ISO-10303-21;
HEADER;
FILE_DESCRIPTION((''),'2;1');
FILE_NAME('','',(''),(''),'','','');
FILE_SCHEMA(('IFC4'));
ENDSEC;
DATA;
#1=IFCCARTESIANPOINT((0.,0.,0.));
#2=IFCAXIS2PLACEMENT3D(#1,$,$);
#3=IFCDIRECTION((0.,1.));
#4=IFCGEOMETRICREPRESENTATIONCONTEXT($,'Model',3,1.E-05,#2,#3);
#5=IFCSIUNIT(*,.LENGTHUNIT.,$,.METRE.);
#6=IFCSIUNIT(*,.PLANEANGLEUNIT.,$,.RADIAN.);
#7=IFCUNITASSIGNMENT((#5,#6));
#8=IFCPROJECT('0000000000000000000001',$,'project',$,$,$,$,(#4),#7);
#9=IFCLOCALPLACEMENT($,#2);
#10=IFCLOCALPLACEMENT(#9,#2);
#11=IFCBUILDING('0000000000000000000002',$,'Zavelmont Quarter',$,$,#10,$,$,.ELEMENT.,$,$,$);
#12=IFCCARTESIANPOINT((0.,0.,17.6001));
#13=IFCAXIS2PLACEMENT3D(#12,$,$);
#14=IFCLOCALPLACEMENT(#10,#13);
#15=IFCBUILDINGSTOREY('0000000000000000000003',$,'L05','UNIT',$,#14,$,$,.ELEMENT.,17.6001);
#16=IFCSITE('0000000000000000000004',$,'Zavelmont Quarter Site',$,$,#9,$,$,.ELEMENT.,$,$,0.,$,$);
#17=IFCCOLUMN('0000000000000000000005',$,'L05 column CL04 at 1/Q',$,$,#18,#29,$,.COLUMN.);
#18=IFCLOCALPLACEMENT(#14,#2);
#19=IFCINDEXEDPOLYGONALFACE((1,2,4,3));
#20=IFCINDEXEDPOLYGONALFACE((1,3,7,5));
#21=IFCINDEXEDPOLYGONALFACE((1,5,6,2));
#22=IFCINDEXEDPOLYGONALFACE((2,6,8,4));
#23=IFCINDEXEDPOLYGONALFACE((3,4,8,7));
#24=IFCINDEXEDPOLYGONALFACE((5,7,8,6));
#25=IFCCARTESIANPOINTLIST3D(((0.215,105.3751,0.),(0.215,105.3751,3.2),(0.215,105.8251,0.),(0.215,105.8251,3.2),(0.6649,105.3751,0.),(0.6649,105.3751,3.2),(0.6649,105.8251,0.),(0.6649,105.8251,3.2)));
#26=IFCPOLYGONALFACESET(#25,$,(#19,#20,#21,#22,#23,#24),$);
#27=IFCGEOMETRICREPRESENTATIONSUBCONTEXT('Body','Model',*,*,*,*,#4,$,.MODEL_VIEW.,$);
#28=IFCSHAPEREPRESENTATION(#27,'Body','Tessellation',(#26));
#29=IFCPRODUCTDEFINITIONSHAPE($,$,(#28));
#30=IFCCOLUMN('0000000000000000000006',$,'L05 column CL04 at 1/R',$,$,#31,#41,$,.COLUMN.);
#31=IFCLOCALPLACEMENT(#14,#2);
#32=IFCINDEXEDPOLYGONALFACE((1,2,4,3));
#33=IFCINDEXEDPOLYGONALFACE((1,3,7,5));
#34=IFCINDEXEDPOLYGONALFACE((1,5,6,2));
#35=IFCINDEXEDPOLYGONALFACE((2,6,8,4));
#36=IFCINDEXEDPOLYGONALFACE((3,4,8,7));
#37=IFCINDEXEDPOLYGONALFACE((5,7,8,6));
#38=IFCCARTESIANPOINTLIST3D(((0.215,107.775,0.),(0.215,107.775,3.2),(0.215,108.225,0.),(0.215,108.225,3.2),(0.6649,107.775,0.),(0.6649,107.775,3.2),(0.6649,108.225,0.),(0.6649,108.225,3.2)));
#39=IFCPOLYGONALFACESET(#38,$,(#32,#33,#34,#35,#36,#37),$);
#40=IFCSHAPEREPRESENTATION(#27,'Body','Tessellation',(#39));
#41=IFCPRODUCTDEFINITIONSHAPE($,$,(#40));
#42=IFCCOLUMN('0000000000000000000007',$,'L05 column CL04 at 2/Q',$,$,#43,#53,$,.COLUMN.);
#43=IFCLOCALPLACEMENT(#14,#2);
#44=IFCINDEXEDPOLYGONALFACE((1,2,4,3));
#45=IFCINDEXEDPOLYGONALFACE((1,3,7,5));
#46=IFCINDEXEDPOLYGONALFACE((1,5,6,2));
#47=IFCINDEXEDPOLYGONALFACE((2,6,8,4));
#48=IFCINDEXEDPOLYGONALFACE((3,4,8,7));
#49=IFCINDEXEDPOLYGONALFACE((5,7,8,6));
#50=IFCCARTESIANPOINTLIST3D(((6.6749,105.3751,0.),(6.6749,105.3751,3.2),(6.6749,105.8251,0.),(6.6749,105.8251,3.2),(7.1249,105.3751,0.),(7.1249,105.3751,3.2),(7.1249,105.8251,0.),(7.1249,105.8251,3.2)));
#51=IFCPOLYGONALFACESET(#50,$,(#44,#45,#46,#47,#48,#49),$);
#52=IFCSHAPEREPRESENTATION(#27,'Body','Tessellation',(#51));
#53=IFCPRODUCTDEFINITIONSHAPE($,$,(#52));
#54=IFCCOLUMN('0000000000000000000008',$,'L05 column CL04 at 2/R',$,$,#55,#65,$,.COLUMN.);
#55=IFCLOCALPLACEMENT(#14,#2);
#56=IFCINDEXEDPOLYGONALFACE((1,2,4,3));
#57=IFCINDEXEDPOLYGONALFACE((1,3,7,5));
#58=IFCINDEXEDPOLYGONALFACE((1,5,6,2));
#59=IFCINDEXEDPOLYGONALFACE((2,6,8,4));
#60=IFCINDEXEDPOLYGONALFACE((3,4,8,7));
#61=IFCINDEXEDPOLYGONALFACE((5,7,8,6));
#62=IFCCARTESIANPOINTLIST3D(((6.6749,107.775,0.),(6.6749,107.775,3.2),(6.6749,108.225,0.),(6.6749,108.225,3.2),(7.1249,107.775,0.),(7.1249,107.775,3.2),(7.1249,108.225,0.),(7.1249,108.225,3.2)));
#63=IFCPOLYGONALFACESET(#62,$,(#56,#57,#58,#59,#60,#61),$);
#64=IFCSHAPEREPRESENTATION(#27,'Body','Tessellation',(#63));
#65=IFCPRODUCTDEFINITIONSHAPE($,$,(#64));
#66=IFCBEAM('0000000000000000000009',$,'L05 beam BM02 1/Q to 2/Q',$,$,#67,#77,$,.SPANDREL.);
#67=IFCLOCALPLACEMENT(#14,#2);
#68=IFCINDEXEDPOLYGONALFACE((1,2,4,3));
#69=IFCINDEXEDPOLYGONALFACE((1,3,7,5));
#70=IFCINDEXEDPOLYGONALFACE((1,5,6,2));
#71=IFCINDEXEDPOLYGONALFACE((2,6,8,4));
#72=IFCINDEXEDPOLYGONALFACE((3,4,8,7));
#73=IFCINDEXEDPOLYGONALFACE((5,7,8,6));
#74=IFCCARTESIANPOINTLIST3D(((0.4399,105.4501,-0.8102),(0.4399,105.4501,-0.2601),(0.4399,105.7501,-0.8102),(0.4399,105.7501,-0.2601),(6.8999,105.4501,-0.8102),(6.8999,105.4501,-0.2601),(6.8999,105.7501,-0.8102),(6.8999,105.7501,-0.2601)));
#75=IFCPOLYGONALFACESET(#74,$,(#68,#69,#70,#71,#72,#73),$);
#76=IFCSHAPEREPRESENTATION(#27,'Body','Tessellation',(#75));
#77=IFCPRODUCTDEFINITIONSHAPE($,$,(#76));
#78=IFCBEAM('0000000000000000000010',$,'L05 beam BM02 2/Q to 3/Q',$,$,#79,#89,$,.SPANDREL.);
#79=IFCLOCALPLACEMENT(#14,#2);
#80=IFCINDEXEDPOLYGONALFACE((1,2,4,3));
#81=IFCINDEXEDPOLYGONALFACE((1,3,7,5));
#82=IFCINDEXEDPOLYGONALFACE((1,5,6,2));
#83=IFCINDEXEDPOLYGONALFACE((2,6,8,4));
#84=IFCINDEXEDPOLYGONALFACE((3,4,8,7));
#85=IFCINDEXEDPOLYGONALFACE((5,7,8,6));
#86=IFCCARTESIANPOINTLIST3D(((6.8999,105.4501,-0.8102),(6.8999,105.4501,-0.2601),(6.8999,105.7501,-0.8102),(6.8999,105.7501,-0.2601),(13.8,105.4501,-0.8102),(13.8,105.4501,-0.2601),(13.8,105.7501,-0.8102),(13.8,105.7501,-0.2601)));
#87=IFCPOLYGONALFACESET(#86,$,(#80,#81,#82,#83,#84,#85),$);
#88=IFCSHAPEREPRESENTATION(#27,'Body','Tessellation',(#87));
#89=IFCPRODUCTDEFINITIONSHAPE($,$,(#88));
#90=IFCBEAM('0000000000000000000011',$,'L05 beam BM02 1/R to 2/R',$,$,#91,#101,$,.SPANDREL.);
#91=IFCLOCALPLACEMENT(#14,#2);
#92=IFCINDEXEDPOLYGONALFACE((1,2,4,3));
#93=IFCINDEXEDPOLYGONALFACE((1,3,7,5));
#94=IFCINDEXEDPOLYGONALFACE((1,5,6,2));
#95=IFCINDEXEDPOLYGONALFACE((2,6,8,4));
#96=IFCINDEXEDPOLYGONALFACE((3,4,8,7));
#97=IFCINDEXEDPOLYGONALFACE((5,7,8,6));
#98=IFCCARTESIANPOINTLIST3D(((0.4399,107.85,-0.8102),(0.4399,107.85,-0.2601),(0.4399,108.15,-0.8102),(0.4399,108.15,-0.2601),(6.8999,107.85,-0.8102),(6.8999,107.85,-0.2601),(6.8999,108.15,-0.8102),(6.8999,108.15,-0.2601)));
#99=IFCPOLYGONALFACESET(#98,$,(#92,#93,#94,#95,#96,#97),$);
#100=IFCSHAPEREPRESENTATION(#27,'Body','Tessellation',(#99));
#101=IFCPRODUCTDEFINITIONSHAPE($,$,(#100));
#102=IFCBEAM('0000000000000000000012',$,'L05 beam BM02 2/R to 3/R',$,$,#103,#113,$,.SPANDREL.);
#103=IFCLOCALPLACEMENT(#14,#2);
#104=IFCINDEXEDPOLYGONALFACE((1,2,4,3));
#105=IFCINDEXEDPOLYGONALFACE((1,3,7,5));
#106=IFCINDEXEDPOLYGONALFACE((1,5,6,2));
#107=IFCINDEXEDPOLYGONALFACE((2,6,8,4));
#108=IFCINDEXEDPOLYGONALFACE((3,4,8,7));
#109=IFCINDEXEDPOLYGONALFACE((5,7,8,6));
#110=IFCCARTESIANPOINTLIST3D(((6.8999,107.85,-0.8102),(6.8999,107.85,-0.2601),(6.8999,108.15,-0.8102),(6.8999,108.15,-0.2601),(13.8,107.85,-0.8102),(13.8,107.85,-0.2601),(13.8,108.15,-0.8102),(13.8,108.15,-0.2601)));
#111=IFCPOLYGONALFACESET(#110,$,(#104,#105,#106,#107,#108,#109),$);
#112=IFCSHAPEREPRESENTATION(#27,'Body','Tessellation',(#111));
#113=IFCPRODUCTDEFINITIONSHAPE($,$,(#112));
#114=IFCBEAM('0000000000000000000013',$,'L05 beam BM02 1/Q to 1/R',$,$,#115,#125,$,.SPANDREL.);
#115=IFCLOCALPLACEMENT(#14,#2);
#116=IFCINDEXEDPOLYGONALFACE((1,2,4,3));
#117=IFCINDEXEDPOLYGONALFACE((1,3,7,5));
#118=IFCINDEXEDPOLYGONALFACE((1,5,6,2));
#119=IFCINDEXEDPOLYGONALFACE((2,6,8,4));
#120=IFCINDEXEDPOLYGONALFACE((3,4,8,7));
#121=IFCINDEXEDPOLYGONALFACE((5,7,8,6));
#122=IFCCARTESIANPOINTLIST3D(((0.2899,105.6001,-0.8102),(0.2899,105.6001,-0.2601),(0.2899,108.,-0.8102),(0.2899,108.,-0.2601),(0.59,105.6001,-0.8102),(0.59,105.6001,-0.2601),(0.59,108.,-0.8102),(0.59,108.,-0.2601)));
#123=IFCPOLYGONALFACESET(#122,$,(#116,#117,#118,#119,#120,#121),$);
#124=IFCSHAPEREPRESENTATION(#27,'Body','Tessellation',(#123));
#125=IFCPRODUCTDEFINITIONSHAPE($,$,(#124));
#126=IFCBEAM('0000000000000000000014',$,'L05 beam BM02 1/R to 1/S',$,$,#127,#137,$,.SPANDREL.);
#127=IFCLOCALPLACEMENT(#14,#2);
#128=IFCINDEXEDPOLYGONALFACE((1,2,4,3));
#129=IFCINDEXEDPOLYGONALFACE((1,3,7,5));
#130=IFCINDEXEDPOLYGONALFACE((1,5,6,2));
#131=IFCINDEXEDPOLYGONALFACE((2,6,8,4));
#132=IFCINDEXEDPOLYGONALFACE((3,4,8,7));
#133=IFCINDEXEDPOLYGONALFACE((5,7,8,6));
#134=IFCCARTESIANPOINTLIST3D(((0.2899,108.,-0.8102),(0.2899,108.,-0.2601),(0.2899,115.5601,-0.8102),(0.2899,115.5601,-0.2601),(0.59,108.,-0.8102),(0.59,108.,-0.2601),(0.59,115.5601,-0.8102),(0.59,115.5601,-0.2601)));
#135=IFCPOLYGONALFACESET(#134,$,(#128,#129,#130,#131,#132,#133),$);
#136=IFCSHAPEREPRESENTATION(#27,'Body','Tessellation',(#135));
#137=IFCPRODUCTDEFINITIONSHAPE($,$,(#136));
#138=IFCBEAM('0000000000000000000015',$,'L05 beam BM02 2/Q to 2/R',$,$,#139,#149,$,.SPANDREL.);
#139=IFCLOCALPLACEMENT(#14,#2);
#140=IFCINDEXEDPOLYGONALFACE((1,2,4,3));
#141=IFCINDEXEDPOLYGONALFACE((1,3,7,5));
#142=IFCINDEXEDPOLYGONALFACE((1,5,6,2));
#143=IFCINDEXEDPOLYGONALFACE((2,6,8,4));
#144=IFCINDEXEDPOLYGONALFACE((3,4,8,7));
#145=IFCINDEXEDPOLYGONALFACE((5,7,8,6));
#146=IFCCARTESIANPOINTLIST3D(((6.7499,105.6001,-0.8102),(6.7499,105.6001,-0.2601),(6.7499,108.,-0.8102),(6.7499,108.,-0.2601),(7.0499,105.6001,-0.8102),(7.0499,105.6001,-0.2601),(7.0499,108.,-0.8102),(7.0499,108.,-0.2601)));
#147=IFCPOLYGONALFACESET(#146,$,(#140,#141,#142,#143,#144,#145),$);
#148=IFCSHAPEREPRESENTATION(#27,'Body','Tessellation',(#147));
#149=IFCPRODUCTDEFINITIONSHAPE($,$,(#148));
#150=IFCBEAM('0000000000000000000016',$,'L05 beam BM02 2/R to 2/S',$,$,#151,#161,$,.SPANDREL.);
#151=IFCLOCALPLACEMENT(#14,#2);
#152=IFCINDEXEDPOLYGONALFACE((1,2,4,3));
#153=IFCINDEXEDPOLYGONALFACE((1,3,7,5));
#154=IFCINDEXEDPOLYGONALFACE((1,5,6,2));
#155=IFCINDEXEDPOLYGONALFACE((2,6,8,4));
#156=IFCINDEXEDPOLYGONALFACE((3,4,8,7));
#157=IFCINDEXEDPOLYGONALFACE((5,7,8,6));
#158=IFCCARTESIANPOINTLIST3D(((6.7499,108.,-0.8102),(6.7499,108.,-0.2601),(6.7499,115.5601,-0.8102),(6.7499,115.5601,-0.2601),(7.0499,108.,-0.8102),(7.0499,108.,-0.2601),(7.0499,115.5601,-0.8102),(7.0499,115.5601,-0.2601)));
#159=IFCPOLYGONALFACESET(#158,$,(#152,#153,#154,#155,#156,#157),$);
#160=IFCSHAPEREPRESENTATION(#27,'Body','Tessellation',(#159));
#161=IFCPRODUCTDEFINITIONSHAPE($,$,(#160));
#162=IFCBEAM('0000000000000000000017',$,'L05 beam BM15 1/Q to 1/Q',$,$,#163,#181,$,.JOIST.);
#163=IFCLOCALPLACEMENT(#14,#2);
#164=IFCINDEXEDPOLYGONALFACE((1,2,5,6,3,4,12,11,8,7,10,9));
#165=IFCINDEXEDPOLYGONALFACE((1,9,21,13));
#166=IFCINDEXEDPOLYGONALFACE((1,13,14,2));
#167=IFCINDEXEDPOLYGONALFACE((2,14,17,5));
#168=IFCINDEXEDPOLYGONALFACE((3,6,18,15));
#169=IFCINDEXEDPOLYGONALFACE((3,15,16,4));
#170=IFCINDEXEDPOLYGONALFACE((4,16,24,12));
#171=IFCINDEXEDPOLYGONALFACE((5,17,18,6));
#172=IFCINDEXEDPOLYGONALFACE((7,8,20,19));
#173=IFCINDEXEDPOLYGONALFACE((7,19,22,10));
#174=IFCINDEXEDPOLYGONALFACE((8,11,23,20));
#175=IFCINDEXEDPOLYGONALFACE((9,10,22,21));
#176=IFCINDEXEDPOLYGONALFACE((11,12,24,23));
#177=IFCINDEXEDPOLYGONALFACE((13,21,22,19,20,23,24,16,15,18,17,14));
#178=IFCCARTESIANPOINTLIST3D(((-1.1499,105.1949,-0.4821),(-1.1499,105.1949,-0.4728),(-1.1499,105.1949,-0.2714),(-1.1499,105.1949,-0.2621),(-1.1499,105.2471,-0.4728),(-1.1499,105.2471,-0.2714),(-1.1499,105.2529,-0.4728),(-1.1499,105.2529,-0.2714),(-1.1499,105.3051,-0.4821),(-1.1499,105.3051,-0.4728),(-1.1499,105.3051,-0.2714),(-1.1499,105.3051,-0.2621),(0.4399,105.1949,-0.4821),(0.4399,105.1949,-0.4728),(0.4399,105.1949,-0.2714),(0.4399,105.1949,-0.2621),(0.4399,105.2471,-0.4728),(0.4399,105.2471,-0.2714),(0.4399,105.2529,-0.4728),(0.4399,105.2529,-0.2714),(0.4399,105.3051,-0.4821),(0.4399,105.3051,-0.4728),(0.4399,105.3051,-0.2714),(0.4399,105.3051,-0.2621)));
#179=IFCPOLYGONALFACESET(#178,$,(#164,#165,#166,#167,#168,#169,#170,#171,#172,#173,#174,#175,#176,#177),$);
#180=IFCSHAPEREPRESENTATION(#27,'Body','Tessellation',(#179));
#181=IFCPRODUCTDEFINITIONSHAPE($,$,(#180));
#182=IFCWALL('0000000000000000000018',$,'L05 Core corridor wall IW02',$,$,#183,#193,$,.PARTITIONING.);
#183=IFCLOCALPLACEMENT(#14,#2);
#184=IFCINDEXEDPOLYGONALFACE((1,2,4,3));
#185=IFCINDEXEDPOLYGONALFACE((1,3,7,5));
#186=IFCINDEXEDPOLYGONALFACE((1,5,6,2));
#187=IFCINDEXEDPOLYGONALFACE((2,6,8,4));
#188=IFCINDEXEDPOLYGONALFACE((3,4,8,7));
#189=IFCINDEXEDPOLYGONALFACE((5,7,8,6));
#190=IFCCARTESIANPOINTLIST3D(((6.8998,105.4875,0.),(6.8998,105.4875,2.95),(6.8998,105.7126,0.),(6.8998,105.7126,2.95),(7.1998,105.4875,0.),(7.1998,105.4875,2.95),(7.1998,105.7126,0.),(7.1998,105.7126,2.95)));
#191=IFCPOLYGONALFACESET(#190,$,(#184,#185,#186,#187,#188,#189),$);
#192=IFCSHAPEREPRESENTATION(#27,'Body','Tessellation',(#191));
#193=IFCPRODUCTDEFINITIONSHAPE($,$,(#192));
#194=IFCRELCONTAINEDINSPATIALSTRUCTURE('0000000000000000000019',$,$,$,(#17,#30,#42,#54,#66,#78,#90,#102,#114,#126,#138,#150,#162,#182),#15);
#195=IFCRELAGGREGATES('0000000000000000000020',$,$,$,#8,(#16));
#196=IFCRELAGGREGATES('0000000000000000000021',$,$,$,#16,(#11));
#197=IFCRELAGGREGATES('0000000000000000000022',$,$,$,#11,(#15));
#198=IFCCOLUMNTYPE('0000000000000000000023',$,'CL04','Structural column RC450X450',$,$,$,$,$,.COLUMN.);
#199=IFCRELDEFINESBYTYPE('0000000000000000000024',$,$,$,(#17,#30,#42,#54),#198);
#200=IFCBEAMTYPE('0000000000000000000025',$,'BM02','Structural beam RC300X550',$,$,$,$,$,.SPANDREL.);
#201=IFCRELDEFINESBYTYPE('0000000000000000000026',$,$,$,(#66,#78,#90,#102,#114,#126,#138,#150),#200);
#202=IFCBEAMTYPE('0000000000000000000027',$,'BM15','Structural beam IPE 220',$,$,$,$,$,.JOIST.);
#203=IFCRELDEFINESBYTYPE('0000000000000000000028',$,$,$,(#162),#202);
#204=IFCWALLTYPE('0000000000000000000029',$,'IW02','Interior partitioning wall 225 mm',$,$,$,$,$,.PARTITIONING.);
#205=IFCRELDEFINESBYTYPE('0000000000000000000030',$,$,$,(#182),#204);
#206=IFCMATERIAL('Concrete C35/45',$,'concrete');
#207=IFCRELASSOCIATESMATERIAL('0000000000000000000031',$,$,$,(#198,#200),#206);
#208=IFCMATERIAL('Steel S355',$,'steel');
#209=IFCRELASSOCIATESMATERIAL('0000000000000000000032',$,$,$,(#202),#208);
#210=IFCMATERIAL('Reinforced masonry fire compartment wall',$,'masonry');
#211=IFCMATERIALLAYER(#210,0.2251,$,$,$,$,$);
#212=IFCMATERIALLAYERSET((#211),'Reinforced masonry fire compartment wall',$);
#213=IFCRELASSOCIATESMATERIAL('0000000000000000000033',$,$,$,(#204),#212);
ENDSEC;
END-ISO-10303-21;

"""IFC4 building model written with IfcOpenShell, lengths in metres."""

from ifc_helpers import new_model, si_unit, direction, frame, frame_2d, origin, origin_2d, place, context, subcontext, project, spatial, rectangle, i_section, extrude, material, layer, layer_set, material_profile, profile_set, type_object, element, save


model = new_model("IFC4")

# Units and contexts
model_context = context("Model", 3, precision=1e-05, world=origin(), true_north=direction((0.0, 1.0)))
body_context = subcontext(model_context, "Body", "Model", "MODEL_VIEW")
ifc_project = project(units=[si_unit("LENGTHUNIT", "METRE"), si_unit("PLANEANGLEUNIT", "RADIAN")], contexts=[model_context])

# Site, building, storey
site_placement = place(None, origin())
site = spatial("IfcSite", under=ifc_project, at=site_placement, Name="Zavelmont Quarter Site", CompositionType="ELEMENT", RefElevation=0.0)
building_placement = place(site_placement, origin())
building = spatial("IfcBuilding", under=site, at=building_placement, Name="Zavelmont Quarter", CompositionType="ELEMENT")
storey_placement = place(building_placement, frame((0.0, 0.0, 17.6001)))
storey = spatial("IfcBuildingStorey", under=building, at=storey_placement, Name="L05", Description="UNIT", CompositionType="ELEMENT", Elevation=17.6001)

# Columns
ifc_material_1 = material(Name="Concrete C35/45", Category="concrete")
ifc_material_profile_1 = material_profile(ifc_material_1, rectangle(XDim=0.45, YDim=0.45, at=origin_2d()), Name="RC450X450")
ifc_profile_set_1 = profile_set([ifc_material_profile_1], Name="Concrete C35/45")
column_type = type_object("IfcColumnType", Name="CL04", Description="Structural column RC450X450", PredefinedType="COLUMN", material=ifc_profile_set_1)
for number, where, z_axis, x_axis, name in (
    (1, (0.4399, 105.6001, 0.0), (0.0, 0.0, 1.0), (1.0, 0.0, 0.0), "L05 column CL04 at 1/Q"),
    (2, (0.4399, 108.0, 0.0), (0.0, 0.0, 1.0), (1.0, 0.0, 0.0), "L05 column CL04 at 1/R"),
    (3, (6.8999, 105.6001, 0.0), (0.0, 0.0, 1.0), (1.0, 0.0, 0.0), "L05 column CL04 at 2/Q"),
    (4, (6.8999, 108.0, 0.0), (0.0, 0.0, 1.0), (1.0, 0.0, 0.0), "L05 column CL04 at 2/R"),
):
    element("IfcColumn", number, at=place(storey_placement, frame(where, z_axis=z_axis, x_axis=x_axis)), inside=storey, type_object=column_type, Name=name, PredefinedType="COLUMN", context=body_context, shape_type="SweptSolid", body=[
        extrude(rectangle(XDim=0.45, YDim=0.45, at=origin_2d()), origin(), (0.0, 0.0, 1.0), 3.2),
    ])

# Beams
ifc_material_profile_2 = material_profile(ifc_material_1, rectangle(XDim=0.3, YDim=0.55, at=origin_2d()), Name="RC300X550")
ifc_profile_set_2 = profile_set([ifc_material_profile_2], Name="Concrete C35/45")
beam_type_1 = type_object("IfcBeamType", Name="BM02", Description="Structural beam RC300X550", PredefinedType="SPANDREL", material=ifc_profile_set_2)
beam_1_placement = place(storey_placement, frame((0.4399, 105.6001, -0.5352), z_axis=(1.0, 0.0, 0.0), x_axis=(0.0, 1.0, 0.0)))
element("IfcBeam", 5, at=beam_1_placement, inside=storey, type_object=beam_type_1, Name="L05 beam BM02 1/Q to 2/Q", PredefinedType="SPANDREL", context=body_context, shape_type="SweptSolid", body=[
    extrude(rectangle(XDim=0.3, YDim=0.55, at=origin_2d()), origin(), (0.0, 0.0, 1.0), 6.46),
])
beam_2_placement = place(storey_placement, frame((6.8999, 105.6001, -0.5352), z_axis=(1.0, 0.0, 0.0), x_axis=(0.0, 1.0, 0.0)))
element("IfcBeam", 6, at=beam_2_placement, inside=storey, type_object=beam_type_1, Name="L05 beam BM02 2/Q to 3/Q", PredefinedType="SPANDREL", context=body_context, shape_type="SweptSolid", body=[
    extrude(rectangle(XDim=0.3, YDim=0.55, at=origin_2d()), origin(), (0.0, 0.0, 1.0), 6.9001),
])
beam_3_placement = place(storey_placement, frame((0.4399, 108.0, -0.5352), z_axis=(1.0, 0.0, 0.0), x_axis=(0.0, 1.0, 0.0)))
element("IfcBeam", 7, at=beam_3_placement, inside=storey, type_object=beam_type_1, Name="L05 beam BM02 1/R to 2/R", PredefinedType="SPANDREL", context=body_context, shape_type="SweptSolid", body=[
    extrude(rectangle(XDim=0.3, YDim=0.55, at=origin_2d()), origin(), (0.0, 0.0, 1.0), 6.46),
])
beam_4_placement = place(storey_placement, frame((6.8999, 108.0, -0.5352), z_axis=(1.0, 0.0, 0.0), x_axis=(0.0, 1.0, 0.0)))
element("IfcBeam", 8, at=beam_4_placement, inside=storey, type_object=beam_type_1, Name="L05 beam BM02 2/R to 3/R", PredefinedType="SPANDREL", context=body_context, shape_type="SweptSolid", body=[
    extrude(rectangle(XDim=0.3, YDim=0.55, at=origin_2d()), origin(), (0.0, 0.0, 1.0), 6.9001),
])
beam_5_placement = place(storey_placement, frame((0.4399, 105.6001, -0.5352), z_axis=(0.0, 1.0, 0.0), x_axis=(-1.0, 0.0, 0.0)))
element("IfcBeam", 9, at=beam_5_placement, inside=storey, type_object=beam_type_1, Name="L05 beam BM02 1/Q to 1/R", PredefinedType="SPANDREL", context=body_context, shape_type="SweptSolid", body=[
    extrude(rectangle(XDim=0.3, YDim=0.55, at=origin_2d()), origin(), (0.0, 0.0, 1.0), 2.3999),
])
beam_6_placement = place(storey_placement, frame((0.4399, 108.0, -0.5352), z_axis=(0.0, 1.0, 0.0), x_axis=(-1.0, 0.0, 0.0)))
element("IfcBeam", 10, at=beam_6_placement, inside=storey, type_object=beam_type_1, Name="L05 beam BM02 1/R to 1/S", PredefinedType="SPANDREL", context=body_context, shape_type="SweptSolid", body=[
    extrude(rectangle(XDim=0.3, YDim=0.55, at=origin_2d()), origin(), (0.0, 0.0, 1.0), 7.5601),
])
beam_7_placement = place(storey_placement, frame((6.8999, 105.6001, -0.5352), z_axis=(0.0, 1.0, 0.0), x_axis=(-1.0, 0.0, 0.0)))
element("IfcBeam", 11, at=beam_7_placement, inside=storey, type_object=beam_type_1, Name="L05 beam BM02 2/Q to 2/R", PredefinedType="SPANDREL", context=body_context, shape_type="SweptSolid", body=[
    extrude(rectangle(XDim=0.3, YDim=0.55, at=origin_2d()), origin(), (0.0, 0.0, 1.0), 2.3999),
])
beam_8_placement = place(storey_placement, frame((6.8999, 108.0, -0.5352), z_axis=(0.0, 1.0, 0.0), x_axis=(-1.0, 0.0, 0.0)))
element("IfcBeam", 12, at=beam_8_placement, inside=storey, type_object=beam_type_1, Name="L05 beam BM02 2/R to 2/S", PredefinedType="SPANDREL", context=body_context, shape_type="SweptSolid", body=[
    extrude(rectangle(XDim=0.3, YDim=0.55, at=origin_2d()), origin(), (0.0, 0.0, 1.0), 7.5601),
])
ifc_material_2 = material(Name="Steel S355", Category="steel")
ifc_material_profile_3 = material_profile(ifc_material_2, i_section(OverallWidth=0.1101, OverallDepth=0.22, WebThickness=0.0059, FlangeThickness=0.0093, at=origin_2d()), Name="IPE 220")
ifc_profile_set_3 = profile_set([ifc_material_profile_3], Name="Steel S355")
beam_type_2 = type_object("IfcBeamType", Name="BM15", Description="Structural beam IPE 220", PredefinedType="JOIST", material=ifc_profile_set_3)
beam_9_placement = place(storey_placement, frame((0.4399, 105.25, -0.3721), z_axis=(-1.0, 0.0, 0.0), x_axis=(0.0, -1.0, 0.0)))
element("IfcBeam", 13, at=beam_9_placement, inside=storey, type_object=beam_type_2, Name="L05 beam BM15 1/Q to 1/Q", PredefinedType="JOIST", context=body_context, shape_type="SweptSolid", body=[
    extrude(i_section(OverallWidth=0.1101, OverallDepth=0.22, WebThickness=0.0059, FlangeThickness=0.0093, at=origin_2d()), origin(), (0.0, 0.0, 1.0), 1.5898),
])

# Wall
ifc_material_3 = material(Name="Reinforced masonry fire compartment wall", Category="masonry")
ifc_layer_1 = layer(ifc_material_3, 0.2251)
ifc_layer_set_1 = layer_set([ifc_layer_1], Name="Reinforced masonry fire compartment wall")
wall_type_1 = type_object("IfcWallType", Name="IW02", Description="Interior partitioning wall 225 mm", PredefinedType="PARTITIONING", material=ifc_layer_set_1)
wall_1_placement = place(storey_placement, frame((6.8999, 105.6001, 0.0), z_axis=(0.0, 0.0, 1.0), x_axis=(1.0, 0.0, 0.0)))
element("IfcWall", 14, at=wall_1_placement, inside=storey, type_object=wall_type_1, Name="L05 Core corridor wall IW02", PredefinedType="PARTITIONING", context=body_context, shape_type="SweptSolid", body=[
    extrude(rectangle(XDim=0.3, YDim=0.2251, at=frame_2d((0.1499, 0.0))), origin(), (0.0, 0.0, 1.0), 2.95),
])

save(model, "model.ifc")
